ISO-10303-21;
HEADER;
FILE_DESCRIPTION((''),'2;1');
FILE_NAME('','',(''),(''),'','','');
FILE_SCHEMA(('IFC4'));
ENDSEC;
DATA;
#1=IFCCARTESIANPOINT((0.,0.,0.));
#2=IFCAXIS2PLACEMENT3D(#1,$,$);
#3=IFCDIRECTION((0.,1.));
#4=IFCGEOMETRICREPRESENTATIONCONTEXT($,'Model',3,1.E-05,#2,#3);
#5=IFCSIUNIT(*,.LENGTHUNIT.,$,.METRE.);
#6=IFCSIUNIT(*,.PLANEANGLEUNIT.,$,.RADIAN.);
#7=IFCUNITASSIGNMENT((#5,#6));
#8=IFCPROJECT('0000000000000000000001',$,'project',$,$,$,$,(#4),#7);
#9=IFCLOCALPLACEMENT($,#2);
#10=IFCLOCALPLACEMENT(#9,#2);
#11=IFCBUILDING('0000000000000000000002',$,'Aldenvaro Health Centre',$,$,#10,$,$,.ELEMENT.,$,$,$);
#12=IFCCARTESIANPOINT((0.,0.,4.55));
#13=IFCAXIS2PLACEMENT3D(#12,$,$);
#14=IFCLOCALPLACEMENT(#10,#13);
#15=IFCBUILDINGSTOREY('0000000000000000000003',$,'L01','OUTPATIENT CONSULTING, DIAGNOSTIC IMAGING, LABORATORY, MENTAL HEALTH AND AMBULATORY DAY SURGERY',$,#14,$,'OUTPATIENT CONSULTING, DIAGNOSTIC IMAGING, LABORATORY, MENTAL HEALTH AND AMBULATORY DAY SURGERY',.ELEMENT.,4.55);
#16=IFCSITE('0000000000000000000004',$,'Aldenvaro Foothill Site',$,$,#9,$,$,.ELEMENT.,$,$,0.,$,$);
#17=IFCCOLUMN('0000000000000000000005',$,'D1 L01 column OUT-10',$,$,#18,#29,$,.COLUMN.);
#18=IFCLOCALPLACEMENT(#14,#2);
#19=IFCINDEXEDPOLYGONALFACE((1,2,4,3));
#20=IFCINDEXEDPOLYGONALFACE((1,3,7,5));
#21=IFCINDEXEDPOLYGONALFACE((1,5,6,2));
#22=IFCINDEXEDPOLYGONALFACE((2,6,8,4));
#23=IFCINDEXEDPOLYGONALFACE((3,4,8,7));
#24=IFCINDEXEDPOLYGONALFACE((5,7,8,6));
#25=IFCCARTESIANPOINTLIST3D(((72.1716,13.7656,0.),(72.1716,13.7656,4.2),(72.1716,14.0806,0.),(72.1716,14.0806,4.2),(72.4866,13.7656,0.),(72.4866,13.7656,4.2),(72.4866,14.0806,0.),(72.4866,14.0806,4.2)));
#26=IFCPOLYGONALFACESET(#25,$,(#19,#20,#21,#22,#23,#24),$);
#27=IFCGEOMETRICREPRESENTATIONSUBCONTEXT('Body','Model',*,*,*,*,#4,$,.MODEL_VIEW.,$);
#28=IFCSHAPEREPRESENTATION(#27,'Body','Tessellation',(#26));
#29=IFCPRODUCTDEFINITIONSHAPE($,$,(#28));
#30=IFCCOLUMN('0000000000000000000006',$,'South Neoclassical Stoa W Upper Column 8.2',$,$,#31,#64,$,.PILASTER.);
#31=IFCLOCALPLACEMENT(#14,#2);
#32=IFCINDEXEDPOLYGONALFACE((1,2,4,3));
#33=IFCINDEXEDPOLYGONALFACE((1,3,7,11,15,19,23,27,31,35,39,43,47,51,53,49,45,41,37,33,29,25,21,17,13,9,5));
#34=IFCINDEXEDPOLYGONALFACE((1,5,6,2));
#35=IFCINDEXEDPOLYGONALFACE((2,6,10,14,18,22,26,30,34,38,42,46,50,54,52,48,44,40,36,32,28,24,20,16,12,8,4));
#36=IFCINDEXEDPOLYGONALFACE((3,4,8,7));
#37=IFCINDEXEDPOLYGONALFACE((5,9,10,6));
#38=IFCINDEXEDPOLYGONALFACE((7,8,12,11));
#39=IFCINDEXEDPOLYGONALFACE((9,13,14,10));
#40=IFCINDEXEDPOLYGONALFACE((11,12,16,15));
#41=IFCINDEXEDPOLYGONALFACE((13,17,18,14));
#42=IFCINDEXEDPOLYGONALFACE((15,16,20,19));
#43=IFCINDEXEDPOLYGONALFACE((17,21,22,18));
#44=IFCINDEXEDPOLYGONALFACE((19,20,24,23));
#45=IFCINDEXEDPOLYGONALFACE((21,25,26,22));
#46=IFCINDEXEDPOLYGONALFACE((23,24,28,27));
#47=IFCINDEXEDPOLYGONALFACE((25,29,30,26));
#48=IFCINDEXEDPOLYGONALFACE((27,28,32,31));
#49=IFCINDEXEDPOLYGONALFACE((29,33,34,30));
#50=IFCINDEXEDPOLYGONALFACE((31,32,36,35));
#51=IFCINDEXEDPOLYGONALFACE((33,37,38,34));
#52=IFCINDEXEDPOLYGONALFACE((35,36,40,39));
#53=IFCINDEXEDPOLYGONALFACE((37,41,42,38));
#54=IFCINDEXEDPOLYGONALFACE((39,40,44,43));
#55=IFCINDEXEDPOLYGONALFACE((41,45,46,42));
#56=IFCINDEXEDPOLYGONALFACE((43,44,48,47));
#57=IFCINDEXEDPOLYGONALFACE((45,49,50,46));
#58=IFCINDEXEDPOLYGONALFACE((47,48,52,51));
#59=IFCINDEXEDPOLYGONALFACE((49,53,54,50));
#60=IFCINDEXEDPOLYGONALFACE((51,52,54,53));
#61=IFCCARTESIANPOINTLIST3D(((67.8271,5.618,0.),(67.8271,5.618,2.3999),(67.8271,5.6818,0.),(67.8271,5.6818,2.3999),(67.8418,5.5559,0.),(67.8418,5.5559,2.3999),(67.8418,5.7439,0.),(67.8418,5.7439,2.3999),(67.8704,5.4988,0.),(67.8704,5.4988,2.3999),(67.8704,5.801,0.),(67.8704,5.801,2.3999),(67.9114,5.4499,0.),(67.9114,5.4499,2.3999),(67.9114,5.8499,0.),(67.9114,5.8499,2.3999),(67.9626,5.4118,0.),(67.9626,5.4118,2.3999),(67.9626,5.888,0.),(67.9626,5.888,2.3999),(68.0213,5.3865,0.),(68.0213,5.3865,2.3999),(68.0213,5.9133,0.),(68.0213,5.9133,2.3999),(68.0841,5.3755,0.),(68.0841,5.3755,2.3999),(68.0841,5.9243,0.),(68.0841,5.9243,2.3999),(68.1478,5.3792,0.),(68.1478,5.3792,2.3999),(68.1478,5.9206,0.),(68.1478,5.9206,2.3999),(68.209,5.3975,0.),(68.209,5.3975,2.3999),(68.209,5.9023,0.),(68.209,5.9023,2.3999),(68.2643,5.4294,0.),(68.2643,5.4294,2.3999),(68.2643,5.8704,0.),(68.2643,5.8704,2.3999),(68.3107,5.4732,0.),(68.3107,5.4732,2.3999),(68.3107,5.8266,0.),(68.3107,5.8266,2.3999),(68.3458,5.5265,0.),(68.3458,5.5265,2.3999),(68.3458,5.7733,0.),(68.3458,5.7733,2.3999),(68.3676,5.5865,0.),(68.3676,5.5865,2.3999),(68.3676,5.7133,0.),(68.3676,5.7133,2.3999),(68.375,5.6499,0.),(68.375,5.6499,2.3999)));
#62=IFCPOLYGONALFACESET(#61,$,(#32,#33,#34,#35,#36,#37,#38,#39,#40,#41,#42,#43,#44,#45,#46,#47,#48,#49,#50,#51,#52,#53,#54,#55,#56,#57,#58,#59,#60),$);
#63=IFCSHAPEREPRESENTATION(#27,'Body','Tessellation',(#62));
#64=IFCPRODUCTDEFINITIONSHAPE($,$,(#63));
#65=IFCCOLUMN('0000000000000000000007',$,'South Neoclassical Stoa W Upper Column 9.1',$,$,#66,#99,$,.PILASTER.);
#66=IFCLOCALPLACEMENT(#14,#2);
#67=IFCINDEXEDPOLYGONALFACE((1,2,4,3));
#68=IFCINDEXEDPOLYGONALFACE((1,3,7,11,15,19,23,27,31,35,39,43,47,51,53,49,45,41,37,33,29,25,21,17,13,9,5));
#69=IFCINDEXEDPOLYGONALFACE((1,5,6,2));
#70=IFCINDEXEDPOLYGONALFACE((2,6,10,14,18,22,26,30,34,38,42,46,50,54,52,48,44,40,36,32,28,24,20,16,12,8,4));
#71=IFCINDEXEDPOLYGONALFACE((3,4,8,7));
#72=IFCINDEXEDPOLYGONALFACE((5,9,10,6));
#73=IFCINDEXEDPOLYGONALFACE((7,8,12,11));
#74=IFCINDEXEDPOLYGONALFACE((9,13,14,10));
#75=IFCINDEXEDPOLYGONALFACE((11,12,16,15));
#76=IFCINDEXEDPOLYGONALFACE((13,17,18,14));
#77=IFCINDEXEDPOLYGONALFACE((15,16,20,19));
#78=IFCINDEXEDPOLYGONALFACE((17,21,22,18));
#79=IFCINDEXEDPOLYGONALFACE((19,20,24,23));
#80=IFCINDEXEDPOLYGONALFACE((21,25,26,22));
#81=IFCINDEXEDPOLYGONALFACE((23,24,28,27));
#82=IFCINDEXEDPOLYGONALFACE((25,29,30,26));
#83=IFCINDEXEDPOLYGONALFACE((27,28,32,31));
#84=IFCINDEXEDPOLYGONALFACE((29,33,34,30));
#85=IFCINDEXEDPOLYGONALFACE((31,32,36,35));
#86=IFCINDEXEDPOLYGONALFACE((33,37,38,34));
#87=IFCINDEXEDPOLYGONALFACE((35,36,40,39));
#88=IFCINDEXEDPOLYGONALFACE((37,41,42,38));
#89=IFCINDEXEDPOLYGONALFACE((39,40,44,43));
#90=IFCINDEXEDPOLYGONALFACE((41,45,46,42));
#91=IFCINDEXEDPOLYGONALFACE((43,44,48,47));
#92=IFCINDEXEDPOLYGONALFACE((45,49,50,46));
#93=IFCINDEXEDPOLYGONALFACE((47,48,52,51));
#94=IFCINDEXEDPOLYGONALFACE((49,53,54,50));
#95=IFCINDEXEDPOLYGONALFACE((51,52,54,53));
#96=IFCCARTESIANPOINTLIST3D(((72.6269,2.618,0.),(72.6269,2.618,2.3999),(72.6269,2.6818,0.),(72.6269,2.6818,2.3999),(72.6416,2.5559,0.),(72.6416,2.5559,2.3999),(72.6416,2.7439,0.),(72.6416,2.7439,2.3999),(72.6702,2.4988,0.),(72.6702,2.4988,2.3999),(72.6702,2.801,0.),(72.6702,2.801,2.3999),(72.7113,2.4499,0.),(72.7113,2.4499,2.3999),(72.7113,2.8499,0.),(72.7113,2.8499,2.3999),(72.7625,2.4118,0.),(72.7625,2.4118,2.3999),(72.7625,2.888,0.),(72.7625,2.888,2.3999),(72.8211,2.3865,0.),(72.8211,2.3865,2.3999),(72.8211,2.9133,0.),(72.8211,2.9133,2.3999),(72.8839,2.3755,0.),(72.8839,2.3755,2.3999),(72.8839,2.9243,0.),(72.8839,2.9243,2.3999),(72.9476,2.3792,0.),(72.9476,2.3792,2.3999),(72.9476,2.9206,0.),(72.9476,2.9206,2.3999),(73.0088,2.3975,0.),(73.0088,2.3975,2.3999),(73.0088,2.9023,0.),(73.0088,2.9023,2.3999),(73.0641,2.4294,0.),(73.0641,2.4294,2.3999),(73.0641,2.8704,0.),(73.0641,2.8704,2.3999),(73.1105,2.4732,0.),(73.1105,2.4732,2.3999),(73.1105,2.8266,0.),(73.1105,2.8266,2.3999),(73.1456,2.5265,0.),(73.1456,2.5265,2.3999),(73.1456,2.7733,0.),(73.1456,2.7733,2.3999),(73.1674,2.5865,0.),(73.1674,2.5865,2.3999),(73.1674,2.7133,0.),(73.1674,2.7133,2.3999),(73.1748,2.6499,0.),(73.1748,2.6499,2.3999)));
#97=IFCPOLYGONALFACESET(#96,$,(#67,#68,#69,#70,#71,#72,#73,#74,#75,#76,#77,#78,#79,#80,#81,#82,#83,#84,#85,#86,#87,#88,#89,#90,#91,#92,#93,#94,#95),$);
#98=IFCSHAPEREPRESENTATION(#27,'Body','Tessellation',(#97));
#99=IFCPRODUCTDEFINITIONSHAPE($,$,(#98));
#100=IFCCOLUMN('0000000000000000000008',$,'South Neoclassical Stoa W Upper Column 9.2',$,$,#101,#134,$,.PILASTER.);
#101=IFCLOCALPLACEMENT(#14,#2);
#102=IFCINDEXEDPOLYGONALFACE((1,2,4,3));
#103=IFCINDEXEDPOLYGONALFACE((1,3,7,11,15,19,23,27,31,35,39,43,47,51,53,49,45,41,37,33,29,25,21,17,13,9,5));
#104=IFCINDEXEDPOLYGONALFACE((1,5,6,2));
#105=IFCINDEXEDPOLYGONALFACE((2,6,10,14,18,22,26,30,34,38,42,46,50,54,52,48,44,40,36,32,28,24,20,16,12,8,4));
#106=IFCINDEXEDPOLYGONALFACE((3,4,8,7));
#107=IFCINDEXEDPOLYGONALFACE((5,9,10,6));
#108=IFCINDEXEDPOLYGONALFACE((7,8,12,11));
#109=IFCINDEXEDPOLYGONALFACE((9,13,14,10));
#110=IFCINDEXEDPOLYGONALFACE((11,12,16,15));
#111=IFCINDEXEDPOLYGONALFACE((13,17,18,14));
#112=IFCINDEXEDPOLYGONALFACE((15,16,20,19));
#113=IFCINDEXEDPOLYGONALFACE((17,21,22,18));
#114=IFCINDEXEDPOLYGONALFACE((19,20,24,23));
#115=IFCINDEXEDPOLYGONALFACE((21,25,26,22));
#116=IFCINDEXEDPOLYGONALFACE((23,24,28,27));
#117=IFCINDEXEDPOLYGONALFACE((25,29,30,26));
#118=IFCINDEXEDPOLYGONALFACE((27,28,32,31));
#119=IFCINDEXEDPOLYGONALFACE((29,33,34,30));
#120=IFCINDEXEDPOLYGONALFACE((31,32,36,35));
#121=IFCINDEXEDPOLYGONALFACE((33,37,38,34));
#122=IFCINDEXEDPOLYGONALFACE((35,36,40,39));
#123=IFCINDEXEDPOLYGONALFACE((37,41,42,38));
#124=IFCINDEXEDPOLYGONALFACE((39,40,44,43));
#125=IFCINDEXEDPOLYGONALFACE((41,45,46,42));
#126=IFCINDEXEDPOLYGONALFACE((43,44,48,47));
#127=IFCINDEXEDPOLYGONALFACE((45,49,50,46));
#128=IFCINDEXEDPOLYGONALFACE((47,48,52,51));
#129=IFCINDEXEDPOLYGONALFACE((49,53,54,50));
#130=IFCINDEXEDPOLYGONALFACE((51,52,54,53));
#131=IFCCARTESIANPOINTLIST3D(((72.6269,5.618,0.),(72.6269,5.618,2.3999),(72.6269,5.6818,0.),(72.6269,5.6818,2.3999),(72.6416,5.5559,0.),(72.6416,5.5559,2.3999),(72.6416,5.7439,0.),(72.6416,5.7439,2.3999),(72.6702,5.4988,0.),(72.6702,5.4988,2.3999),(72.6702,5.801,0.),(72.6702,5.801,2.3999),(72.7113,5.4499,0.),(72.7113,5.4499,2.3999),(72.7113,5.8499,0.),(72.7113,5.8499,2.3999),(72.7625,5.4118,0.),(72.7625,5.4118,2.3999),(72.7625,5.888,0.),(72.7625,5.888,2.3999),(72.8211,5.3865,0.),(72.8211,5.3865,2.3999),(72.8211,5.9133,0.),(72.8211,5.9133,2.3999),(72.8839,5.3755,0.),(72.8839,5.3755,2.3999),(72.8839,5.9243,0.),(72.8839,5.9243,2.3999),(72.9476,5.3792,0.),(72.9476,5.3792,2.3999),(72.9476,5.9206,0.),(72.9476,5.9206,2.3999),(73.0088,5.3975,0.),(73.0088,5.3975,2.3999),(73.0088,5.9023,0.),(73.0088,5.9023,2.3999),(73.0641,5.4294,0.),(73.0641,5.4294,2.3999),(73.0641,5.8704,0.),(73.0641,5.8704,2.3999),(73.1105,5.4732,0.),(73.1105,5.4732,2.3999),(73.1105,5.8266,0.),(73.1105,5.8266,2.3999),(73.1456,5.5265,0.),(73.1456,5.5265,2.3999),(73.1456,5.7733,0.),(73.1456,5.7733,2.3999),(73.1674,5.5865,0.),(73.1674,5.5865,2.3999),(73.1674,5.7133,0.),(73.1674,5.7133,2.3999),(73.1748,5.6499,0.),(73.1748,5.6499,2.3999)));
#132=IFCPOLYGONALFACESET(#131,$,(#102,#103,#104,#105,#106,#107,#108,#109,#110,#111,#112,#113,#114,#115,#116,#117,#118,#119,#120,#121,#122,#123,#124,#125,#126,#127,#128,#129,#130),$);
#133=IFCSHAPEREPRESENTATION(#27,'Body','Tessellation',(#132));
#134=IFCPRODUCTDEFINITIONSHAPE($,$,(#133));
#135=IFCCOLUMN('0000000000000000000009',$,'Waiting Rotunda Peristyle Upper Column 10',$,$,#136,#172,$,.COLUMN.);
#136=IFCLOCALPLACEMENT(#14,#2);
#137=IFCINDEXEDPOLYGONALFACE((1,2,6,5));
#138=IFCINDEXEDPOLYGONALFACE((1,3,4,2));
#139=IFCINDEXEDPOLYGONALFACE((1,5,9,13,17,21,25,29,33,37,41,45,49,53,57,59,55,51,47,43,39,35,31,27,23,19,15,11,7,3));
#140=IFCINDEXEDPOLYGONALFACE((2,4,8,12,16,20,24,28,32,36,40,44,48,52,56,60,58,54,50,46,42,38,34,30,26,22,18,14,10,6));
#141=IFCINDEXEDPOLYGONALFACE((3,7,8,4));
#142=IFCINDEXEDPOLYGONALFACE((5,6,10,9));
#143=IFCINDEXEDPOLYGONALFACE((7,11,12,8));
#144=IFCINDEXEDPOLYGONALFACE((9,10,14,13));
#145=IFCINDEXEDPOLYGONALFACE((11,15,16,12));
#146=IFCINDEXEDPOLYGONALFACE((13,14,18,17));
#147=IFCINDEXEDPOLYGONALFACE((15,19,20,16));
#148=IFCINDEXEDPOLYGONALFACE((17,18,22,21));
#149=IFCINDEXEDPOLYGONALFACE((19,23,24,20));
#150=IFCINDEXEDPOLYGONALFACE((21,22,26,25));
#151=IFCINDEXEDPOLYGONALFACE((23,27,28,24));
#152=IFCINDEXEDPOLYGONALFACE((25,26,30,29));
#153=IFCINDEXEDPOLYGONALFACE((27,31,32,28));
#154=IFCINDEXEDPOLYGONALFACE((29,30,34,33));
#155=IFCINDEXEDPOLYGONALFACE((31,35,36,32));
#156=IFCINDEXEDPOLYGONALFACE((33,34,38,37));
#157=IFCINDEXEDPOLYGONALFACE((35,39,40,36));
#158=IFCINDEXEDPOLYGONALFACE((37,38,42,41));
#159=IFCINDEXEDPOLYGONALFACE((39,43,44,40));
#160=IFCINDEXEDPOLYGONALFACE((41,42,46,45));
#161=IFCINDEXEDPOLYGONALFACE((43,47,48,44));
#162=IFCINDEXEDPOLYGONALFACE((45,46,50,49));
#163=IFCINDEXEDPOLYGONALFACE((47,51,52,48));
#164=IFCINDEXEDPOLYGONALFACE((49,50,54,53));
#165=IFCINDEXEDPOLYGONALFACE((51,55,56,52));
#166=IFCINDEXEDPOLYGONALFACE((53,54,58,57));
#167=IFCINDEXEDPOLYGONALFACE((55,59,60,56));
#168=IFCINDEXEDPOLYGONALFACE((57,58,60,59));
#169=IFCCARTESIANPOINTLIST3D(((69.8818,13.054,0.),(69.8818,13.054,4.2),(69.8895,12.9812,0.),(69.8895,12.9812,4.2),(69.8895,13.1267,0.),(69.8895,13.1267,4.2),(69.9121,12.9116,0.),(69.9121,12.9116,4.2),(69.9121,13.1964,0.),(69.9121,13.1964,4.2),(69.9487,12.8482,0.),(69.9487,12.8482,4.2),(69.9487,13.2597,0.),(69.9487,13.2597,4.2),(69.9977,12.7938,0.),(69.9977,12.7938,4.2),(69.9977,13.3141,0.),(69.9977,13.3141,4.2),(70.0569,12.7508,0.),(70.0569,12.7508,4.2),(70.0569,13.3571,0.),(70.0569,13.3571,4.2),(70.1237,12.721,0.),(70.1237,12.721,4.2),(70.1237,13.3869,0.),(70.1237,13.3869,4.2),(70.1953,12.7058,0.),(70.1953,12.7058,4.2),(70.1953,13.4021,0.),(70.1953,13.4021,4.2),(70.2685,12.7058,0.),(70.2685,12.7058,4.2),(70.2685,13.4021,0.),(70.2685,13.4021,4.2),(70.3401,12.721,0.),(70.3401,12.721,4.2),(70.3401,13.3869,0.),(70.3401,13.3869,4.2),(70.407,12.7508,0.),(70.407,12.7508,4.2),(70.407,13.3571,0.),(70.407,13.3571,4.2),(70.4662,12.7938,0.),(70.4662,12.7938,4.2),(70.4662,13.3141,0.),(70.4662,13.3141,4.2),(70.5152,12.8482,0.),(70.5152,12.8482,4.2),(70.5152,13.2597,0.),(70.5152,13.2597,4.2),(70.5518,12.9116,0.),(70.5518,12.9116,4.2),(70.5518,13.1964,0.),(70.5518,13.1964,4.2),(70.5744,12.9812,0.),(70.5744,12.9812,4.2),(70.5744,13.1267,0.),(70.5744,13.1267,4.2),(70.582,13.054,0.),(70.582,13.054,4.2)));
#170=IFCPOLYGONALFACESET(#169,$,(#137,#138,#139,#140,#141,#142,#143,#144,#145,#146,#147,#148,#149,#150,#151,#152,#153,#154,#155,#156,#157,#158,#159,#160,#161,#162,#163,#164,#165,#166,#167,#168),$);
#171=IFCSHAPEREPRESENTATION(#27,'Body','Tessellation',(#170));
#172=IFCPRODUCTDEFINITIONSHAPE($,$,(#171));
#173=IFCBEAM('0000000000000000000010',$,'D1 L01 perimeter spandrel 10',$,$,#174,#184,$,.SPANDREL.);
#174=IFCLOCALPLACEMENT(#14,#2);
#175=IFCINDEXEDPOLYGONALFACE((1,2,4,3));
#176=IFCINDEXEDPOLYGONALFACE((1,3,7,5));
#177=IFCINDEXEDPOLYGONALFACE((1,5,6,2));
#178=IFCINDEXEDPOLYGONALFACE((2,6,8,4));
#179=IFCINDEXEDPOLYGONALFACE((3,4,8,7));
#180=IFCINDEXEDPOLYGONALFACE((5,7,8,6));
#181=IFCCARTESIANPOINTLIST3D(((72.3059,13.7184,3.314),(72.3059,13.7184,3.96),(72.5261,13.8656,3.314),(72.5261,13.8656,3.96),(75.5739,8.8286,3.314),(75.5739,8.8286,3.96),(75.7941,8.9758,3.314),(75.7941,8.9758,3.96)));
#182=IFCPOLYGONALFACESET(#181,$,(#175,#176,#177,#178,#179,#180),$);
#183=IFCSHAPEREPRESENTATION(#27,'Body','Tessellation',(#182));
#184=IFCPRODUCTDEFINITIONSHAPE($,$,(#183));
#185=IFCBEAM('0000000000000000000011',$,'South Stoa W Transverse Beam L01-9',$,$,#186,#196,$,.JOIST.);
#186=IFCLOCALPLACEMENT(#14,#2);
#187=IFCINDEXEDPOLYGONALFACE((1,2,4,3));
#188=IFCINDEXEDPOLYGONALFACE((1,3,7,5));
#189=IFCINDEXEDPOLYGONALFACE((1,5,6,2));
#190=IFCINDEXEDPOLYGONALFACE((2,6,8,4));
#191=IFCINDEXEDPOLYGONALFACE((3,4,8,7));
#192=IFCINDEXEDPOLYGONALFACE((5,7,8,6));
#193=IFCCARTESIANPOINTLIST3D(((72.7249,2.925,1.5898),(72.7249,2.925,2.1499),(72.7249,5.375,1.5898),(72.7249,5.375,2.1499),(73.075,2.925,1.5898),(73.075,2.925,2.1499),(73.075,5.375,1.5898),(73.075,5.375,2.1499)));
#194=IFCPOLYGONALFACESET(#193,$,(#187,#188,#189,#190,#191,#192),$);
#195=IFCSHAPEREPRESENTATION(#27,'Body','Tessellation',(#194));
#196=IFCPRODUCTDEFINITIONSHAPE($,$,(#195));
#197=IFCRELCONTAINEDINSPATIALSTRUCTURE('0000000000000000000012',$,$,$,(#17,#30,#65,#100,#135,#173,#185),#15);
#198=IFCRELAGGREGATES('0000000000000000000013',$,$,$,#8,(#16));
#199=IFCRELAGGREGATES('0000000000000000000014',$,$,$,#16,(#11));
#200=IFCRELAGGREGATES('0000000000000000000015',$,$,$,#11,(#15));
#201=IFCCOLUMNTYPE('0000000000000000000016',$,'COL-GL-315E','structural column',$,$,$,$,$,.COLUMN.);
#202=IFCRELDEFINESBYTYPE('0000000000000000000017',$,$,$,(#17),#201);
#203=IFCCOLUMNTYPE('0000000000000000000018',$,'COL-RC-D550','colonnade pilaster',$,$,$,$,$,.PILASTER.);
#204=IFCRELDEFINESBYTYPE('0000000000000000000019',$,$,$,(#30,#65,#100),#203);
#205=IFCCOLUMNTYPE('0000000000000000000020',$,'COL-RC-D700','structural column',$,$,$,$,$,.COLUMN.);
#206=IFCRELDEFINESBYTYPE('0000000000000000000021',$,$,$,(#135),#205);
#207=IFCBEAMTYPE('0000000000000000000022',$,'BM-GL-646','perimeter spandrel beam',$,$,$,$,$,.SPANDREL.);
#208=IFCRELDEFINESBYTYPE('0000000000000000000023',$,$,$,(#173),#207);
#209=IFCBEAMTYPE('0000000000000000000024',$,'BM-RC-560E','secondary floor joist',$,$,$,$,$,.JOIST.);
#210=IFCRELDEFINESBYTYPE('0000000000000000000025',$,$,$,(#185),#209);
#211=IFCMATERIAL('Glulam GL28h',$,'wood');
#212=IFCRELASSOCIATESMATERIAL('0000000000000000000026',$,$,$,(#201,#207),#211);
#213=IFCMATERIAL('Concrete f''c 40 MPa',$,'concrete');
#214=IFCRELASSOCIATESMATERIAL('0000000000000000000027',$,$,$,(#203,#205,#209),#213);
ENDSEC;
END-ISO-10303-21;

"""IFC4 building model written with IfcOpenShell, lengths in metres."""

from ifc_helpers import new_model, si_unit, direction, frame, origin, origin_2d, place, context, subcontext, project, spatial, rectangle, circle, extrude, material, material_profile, profile_set, type_object, element, save


model = new_model("IFC4")

# Units and contexts
model_context = context("Model", 3, precision=1e-05, world=origin(), true_north=direction((0.0, 1.0)))
body_context = subcontext(model_context, "Body", "Model", "MODEL_VIEW")
ifc_project = project(units=[si_unit("LENGTHUNIT", "METRE"), si_unit("PLANEANGLEUNIT", "RADIAN")], contexts=[model_context])

# Site, building, storey
site_placement = place(None, origin())
site = spatial("IfcSite", under=ifc_project, at=site_placement, Name="Aldenvaro Foothill Site", CompositionType="ELEMENT", RefElevation=0.0)
building_placement = place(site_placement, origin())
building = spatial("IfcBuilding", under=site, at=building_placement, Name="Aldenvaro Health Centre", CompositionType="ELEMENT")
storey_placement = place(building_placement, frame((0.0, 0.0, 4.55)))
storey = spatial("IfcBuildingStorey", under=building, at=storey_placement, Name="L01", Description="OUTPATIENT CONSULTING, DIAGNOSTIC IMAGING, LABORATORY, MENTAL HEALTH AND AMBULATORY DAY SURGERY", LongName="OUTPATIENT CONSULTING, DIAGNOSTIC IMAGING, LABORATORY, MENTAL HEALTH AND AMBULATORY DAY SURGERY", CompositionType="ELEMENT", Elevation=4.55)

# Columns
ifc_material_1 = material(Name="Glulam GL28h", Category="wood")
ifc_material_profile_1 = material_profile(ifc_material_1, rectangle(XDim=0.3149, YDim=0.3149, at=origin_2d()), Name="GL 315x315", Category="wood")
ifc_profile_set_1 = profile_set([ifc_material_profile_1], Name="Glulam GL28h")
column_type_1 = type_object("IfcColumnType", Name="COL-GL-315E", Description="structural column", PredefinedType="COLUMN", material=ifc_profile_set_1)
column_1_placement = place(storey_placement, frame((72.3291, 13.9231, 0.0), z_axis=(0.0, 0.0, 1.0), x_axis=(1.0, 0.0, 0.0)))
element("IfcColumn", 1, at=column_1_placement, inside=storey, type_object=column_type_1, Name="D1 L01 column OUT-10", PredefinedType="COLUMN", context=body_context, shape_type="SweptSolid", body=[
    extrude(rectangle(XDim=0.3149, YDim=0.3149, at=origin_2d()), origin(), (0.0, 0.0, 1.0), 4.2),
])
ifc_material_2 = material(Name="Concrete f'c 40 MPa", Category="concrete")
ifc_material_profile_2 = material_profile(ifc_material_2, circle(Radius=0.2749, at=origin_2d()), Name="RC D550", Category="concrete")
ifc_profile_set_2 = profile_set([ifc_material_profile_2], Name="Concrete f'c 40 MPa")
column_type_2 = type_object("IfcColumnType", Name="COL-RC-D550", Description="colonnade pilaster", PredefinedType="PILASTER", material=ifc_profile_set_2)
for number, where, z_axis, x_axis, name in (
    (2, (68.1001, 5.6499, 0.0), (0.0, 0.0, 1.0), (1.0, 0.0, 0.0), "South Neoclassical Stoa W Upper Column 8.2"),
    (3, (72.8999, 2.6499, 0.0), (0.0, 0.0, 1.0), (1.0, 0.0, 0.0), "South Neoclassical Stoa W Upper Column 9.1"),
    (4, (72.8999, 5.6499, 0.0), (0.0, 0.0, 1.0), (1.0, 0.0, 0.0), "South Neoclassical Stoa W Upper Column 9.2"),
):
    element("IfcColumn", number, at=place(storey_placement, frame(where, z_axis=z_axis, x_axis=x_axis)), inside=storey, type_object=column_type_2, Name=name, PredefinedType="PILASTER", context=body_context, shape_type="SweptSolid", body=[
        extrude(circle(Radius=0.2749, at=origin_2d()), origin(), (0.0, 0.0, 1.0), 2.3999),
    ])
ifc_material_profile_3 = material_profile(ifc_material_2, circle(Radius=0.3501, at=origin_2d()), Name="RC D700", Category="concrete")
ifc_profile_set_3 = profile_set([ifc_material_profile_3], Name="Concrete f'c 40 MPa")
column_type_3 = type_object("IfcColumnType", Name="COL-RC-D700", Description="structural column", PredefinedType="COLUMN", material=ifc_profile_set_3)
column_2_placement = place(storey_placement, frame((70.2319, 13.054, 0.0), z_axis=(0.0, 0.0, 1.0), x_axis=(1.0, 0.0, 0.0)))
element("IfcColumn", 5, at=column_2_placement, inside=storey, type_object=column_type_3, Name="Waiting Rotunda Peristyle Upper Column 10", PredefinedType="COLUMN", context=body_context, shape_type="SweptSolid", body=[
    extrude(circle(Radius=0.3501, at=origin_2d()), origin(), (0.0, 0.0, 1.0), 4.2),
])

# Beams
ifc_material_profile_4 = material_profile(ifc_material_1, rectangle(XDim=0.2649, YDim=0.646, at=origin_2d()), Name="GL 265x646", Category="wood")
ifc_profile_set_4 = profile_set([ifc_material_profile_4], Name="Glulam GL28h")
beam_type_1 = type_object("IfcBeamType", Name="BM-GL-646", Description="perimeter spandrel beam", PredefinedType="SPANDREL", material=ifc_profile_set_4)
beam_1_placement = place(storey_placement, frame((72.416, 13.792, 3.637), z_axis=(0.555658, -0.831411, 0.0), x_axis=(0.831411, 0.555658, 0.0)))
element("IfcBeam", 6, at=beam_1_placement, inside=storey, type_object=beam_type_1, Name="D1 L01 perimeter spandrel 10", PredefinedType="SPANDREL", context=body_context, shape_type="SweptSolid", body=[
    extrude(rectangle(XDim=0.2649, YDim=0.646, at=origin_2d()), origin(), (0.0, 0.0, 1.0), 5.8813),
])
ifc_material_profile_5 = material_profile(ifc_material_2, rectangle(XDim=0.3501, YDim=0.5601, at=origin_2d()), Name="RC 350x560", Category="concrete")
ifc_profile_set_5 = profile_set([ifc_material_profile_5], Name="Concrete f'c 40 MPa")
beam_type_2 = type_object("IfcBeamType", Name="BM-RC-560E", Description="secondary floor joist", PredefinedType="JOIST", material=ifc_profile_set_5)
beam_2_placement = place(storey_placement, frame((72.8999, 2.925, 1.8699), z_axis=(0.0, 1.0, 0.0), x_axis=(-1.0, 0.0, 0.0)))
element("IfcBeam", 7, at=beam_2_placement, inside=storey, type_object=beam_type_2, Name="South Stoa W Transverse Beam L01-9", PredefinedType="JOIST", context=body_context, shape_type="SweptSolid", body=[
    extrude(rectangle(XDim=0.3501, YDim=0.5601, at=origin_2d()), origin(), (0.0, 0.0, 1.0), 2.45),
])

save(model, "model.ifc")
